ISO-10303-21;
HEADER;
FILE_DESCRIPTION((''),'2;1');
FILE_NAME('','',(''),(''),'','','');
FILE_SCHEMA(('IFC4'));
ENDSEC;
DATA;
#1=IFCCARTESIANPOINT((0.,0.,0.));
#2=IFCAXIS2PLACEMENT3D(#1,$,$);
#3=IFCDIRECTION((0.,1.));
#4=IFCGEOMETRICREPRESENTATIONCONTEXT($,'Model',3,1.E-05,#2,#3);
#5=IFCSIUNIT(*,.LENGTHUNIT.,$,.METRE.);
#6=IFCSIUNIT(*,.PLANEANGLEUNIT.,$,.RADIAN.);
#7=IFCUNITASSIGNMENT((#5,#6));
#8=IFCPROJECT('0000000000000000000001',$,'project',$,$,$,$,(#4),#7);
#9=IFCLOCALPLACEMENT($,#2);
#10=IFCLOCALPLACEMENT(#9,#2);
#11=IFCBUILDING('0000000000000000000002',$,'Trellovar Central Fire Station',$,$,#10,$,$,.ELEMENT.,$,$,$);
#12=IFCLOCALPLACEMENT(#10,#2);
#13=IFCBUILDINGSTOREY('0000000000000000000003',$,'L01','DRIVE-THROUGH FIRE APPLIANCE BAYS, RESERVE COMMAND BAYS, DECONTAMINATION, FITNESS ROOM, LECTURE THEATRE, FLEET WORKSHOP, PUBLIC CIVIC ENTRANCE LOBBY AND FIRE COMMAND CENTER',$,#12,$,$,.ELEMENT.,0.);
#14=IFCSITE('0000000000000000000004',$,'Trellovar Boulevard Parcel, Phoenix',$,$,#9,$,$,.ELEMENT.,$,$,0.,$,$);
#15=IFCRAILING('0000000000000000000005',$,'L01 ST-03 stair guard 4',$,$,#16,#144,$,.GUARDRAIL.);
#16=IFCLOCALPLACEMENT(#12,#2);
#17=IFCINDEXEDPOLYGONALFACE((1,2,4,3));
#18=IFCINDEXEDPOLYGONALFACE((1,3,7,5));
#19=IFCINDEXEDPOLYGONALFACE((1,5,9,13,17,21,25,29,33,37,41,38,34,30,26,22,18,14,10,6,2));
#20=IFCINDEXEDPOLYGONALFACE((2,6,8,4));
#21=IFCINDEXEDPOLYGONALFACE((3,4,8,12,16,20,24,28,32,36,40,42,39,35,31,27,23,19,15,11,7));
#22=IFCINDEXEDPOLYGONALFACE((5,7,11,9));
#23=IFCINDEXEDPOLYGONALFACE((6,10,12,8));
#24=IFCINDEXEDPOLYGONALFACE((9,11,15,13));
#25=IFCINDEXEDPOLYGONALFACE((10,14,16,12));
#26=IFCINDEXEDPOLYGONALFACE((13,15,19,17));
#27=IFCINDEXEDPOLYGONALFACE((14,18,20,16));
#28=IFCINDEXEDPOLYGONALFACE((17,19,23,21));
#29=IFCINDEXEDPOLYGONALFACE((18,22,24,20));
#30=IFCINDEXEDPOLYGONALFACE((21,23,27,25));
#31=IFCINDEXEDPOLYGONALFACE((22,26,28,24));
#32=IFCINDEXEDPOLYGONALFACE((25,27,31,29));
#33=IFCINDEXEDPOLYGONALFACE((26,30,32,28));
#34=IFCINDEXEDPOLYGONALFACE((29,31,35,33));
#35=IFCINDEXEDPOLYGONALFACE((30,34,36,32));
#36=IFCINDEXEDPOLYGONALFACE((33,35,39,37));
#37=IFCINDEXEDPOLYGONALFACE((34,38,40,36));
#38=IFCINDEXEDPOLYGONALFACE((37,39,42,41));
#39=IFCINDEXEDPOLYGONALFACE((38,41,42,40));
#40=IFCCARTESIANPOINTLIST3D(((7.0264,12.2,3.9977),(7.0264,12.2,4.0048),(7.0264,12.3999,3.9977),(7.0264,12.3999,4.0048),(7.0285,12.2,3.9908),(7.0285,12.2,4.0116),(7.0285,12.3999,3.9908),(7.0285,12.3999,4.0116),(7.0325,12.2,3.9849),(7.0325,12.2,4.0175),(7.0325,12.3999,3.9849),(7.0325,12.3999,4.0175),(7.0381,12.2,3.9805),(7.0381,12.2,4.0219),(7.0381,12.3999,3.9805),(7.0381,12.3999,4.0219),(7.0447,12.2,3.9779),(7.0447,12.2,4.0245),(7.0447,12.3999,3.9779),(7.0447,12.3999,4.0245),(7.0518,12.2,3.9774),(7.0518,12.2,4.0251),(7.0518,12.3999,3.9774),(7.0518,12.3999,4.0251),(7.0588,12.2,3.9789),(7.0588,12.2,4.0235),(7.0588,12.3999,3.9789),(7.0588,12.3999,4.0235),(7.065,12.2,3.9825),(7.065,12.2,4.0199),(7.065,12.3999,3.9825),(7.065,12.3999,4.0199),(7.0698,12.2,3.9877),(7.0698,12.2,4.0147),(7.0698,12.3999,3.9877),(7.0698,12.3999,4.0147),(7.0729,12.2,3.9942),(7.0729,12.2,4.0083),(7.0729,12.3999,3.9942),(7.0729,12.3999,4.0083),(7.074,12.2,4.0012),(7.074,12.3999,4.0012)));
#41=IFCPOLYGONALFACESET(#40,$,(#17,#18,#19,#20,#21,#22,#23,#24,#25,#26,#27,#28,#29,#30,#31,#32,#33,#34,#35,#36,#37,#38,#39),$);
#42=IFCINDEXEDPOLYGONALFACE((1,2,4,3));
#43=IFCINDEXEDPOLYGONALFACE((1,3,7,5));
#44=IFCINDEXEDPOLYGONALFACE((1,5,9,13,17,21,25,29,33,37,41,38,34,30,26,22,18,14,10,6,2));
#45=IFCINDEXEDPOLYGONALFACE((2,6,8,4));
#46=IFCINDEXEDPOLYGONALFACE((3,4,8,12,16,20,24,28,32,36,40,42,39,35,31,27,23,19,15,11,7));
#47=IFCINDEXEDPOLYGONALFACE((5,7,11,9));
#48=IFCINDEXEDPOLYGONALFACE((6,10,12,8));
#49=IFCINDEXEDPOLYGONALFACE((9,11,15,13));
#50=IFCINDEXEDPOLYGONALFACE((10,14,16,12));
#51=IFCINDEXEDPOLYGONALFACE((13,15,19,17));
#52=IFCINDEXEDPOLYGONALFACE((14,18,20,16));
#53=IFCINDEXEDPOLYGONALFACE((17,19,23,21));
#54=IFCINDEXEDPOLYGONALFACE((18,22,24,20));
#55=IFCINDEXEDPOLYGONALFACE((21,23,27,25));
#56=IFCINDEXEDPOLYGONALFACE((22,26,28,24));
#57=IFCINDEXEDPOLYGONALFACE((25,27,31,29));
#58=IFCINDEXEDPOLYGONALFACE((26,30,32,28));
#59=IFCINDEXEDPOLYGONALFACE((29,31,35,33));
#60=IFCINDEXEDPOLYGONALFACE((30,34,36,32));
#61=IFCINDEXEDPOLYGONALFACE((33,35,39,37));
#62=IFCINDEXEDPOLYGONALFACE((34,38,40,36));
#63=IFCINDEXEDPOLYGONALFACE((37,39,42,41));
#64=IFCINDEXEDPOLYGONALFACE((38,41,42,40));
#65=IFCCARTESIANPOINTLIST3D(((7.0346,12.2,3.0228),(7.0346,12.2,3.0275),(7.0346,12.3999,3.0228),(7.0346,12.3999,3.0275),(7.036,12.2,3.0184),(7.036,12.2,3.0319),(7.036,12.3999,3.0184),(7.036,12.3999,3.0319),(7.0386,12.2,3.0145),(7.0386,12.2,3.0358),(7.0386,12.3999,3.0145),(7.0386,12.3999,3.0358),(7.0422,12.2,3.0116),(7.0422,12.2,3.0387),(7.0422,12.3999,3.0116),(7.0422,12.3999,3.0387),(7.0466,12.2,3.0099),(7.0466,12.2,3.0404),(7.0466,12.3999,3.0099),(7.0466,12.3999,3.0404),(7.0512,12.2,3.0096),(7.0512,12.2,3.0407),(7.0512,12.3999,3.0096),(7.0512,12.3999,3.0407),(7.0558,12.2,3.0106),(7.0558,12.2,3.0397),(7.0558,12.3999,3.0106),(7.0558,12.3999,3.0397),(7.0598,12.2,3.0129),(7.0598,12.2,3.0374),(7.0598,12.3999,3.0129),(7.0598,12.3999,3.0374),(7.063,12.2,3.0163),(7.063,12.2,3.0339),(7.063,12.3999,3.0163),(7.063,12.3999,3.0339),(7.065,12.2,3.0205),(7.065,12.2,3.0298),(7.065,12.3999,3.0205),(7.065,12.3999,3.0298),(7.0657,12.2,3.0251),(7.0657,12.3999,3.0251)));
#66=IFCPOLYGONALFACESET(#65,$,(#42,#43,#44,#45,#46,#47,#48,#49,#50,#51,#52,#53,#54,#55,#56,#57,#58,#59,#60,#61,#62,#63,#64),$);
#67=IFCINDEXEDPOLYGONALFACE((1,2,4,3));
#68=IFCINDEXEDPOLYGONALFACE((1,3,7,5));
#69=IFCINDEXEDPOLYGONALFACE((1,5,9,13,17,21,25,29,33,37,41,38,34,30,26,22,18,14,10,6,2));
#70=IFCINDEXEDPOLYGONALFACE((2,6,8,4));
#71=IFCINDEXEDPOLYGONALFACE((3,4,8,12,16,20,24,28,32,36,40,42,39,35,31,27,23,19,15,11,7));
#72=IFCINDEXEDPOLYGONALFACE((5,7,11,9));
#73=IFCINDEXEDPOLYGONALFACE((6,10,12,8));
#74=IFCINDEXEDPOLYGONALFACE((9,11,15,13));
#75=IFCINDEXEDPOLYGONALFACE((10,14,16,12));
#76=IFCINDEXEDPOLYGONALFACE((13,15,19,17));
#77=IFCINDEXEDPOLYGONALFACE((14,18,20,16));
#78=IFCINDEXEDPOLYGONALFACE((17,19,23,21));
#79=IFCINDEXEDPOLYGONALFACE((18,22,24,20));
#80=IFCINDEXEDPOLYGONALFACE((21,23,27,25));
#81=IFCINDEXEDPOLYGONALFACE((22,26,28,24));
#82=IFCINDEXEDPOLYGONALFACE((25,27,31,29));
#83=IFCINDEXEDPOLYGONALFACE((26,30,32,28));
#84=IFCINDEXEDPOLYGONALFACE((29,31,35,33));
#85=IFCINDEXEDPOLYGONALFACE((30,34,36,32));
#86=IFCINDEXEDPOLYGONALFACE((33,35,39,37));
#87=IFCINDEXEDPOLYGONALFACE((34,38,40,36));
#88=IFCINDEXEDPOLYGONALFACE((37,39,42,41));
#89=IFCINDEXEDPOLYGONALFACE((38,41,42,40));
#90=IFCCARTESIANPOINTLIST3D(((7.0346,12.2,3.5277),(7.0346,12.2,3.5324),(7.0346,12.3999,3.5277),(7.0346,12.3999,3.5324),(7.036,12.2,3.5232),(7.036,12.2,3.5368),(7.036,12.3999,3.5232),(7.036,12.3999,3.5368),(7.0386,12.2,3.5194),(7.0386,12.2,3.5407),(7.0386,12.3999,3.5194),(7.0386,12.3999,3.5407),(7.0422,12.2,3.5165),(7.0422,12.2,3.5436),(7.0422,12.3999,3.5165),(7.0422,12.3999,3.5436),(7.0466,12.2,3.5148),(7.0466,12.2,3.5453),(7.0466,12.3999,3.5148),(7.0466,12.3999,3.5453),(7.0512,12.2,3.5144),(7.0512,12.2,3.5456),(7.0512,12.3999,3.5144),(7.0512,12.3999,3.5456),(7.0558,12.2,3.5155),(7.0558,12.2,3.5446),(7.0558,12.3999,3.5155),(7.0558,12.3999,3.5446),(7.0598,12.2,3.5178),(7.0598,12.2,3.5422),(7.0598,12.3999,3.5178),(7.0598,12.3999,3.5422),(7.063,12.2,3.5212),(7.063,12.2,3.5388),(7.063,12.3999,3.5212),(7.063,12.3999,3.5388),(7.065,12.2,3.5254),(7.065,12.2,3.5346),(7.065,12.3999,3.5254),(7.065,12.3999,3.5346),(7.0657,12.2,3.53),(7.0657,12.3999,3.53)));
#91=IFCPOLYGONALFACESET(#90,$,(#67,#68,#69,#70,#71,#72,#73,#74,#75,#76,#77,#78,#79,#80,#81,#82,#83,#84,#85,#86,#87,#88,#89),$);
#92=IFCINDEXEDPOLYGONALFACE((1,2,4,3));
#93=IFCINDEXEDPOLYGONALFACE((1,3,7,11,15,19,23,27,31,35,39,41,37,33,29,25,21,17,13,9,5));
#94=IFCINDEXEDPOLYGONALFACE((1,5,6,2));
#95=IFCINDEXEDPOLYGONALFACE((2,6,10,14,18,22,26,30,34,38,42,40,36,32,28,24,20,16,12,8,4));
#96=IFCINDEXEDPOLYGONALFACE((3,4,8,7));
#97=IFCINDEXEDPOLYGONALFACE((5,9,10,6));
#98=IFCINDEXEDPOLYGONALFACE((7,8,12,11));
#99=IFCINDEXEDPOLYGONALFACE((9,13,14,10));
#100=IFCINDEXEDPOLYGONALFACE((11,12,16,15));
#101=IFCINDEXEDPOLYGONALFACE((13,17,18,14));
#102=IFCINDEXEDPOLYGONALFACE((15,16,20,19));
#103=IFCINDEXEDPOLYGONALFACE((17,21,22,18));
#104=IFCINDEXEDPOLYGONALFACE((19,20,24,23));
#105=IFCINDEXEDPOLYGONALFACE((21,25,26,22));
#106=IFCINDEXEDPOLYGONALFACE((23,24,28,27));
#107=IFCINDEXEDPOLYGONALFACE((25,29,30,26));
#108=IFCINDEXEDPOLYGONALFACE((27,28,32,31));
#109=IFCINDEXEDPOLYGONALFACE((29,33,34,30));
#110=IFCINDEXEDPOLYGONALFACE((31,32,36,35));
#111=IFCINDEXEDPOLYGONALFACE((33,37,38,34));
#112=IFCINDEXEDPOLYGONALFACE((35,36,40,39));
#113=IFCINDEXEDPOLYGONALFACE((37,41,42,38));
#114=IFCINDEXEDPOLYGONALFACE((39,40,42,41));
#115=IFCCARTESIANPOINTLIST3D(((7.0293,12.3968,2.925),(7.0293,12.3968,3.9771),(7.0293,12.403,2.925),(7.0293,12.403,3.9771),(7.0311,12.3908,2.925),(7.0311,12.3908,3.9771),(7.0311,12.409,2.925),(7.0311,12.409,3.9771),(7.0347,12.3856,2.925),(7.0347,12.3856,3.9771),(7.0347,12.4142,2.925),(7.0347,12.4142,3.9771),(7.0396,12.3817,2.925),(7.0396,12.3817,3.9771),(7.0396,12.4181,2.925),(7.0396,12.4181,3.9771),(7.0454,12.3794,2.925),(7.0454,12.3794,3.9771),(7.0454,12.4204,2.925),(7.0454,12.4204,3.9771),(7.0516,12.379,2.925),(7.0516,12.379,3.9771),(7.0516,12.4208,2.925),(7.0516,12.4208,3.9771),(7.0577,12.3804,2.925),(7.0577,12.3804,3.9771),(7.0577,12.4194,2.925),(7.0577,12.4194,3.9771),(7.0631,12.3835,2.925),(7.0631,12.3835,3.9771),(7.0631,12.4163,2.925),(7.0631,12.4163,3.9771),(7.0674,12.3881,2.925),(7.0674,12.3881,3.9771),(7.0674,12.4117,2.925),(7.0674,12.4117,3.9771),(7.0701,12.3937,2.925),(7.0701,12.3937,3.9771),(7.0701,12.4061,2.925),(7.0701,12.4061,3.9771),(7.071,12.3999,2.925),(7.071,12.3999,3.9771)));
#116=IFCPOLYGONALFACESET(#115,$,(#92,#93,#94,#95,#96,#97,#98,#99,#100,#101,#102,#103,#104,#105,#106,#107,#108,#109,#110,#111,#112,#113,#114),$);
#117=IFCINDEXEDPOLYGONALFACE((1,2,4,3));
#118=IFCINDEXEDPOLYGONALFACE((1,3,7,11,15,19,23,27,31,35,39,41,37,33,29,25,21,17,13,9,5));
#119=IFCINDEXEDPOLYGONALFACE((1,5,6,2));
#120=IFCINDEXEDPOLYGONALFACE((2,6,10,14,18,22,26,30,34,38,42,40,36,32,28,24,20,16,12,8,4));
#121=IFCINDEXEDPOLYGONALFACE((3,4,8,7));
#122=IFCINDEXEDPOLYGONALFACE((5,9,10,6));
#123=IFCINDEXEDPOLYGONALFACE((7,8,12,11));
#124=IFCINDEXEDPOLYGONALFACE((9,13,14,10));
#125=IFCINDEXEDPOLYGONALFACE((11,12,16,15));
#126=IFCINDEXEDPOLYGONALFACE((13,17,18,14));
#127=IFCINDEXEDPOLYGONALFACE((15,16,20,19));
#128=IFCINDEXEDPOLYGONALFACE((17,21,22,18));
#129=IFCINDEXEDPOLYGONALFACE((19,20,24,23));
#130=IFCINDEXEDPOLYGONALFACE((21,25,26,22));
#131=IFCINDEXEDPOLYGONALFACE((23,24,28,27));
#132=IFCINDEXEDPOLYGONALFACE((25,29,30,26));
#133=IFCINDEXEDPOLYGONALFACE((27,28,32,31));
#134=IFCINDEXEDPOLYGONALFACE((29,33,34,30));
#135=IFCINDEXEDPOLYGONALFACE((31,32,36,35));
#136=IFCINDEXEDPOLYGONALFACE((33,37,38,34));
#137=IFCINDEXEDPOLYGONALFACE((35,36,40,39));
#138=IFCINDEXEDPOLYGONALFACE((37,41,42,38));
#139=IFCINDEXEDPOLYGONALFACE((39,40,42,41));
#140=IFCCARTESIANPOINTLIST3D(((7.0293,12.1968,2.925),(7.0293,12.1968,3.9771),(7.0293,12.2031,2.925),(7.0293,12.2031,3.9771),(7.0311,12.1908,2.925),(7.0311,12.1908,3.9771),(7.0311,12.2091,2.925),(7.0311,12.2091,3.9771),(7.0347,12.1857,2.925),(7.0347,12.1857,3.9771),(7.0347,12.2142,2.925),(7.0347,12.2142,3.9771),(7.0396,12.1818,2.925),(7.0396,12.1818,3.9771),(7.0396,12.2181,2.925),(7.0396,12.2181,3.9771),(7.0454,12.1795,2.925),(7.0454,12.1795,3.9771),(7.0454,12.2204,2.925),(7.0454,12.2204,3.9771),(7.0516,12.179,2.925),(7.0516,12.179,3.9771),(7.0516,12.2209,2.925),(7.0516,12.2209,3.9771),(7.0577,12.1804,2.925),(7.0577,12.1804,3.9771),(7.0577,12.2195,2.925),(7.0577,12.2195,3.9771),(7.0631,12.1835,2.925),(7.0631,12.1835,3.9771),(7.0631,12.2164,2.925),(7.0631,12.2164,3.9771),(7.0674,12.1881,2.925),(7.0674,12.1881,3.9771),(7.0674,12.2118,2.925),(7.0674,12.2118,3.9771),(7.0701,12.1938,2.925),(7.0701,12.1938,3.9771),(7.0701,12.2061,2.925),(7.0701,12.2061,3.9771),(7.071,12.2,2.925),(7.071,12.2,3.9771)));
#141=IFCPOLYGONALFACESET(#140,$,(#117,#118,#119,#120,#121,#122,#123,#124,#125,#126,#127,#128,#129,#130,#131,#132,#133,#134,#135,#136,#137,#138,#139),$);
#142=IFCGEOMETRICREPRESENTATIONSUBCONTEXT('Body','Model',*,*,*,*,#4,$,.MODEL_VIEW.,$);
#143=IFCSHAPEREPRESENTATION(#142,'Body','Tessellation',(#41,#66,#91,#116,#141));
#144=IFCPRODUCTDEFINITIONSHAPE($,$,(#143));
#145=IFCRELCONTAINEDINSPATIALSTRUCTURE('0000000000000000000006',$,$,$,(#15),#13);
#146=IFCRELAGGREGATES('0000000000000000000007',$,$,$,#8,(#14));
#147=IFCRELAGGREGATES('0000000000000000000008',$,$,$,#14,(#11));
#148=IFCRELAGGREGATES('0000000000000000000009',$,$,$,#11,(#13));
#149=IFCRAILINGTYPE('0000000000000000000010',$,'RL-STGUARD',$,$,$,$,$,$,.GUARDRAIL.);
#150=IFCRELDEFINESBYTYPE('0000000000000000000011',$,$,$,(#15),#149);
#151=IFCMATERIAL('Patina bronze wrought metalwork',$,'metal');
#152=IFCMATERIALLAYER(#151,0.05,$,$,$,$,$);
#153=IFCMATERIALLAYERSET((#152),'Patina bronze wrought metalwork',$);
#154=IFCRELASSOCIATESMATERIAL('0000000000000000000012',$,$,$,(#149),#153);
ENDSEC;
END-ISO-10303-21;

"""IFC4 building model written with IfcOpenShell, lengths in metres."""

from ifc_helpers import new_model, si_unit, direction, frame, origin, origin_2d, place, context, subcontext, project, spatial, circle, extrude, material, layer, layer_set, type_object, element, save


model = new_model("IFC4")

# Units and contexts
model_context = context("Model", 3, precision=1e-05, world=origin(), true_north=direction((0.0, 1.0)))
body_context = subcontext(model_context, "Body", "Model", "MODEL_VIEW")
ifc_project = project(units=[si_unit("LENGTHUNIT", "METRE"), si_unit("PLANEANGLEUNIT", "RADIAN")], contexts=[model_context])

# Site, building, storey
site_placement = place(None, origin())
site = spatial("IfcSite", under=ifc_project, at=site_placement, Name="Trellovar Boulevard Parcel, Phoenix", CompositionType="ELEMENT", RefElevation=0.0)
building_placement = place(site_placement, origin())
building = spatial("IfcBuilding", under=site, at=building_placement, Name="Trellovar Central Fire Station", CompositionType="ELEMENT")
storey_placement = place(building_placement, origin())
storey = spatial("IfcBuildingStorey", under=building, at=storey_placement, Name="L01", Description="DRIVE-THROUGH FIRE APPLIANCE BAYS, RESERVE COMMAND BAYS, DECONTAMINATION, FITNESS ROOM, LECTURE THEATRE, FLEET WORKSHOP, PUBLIC CIVIC ENTRANCE LOBBY AND FIRE COMMAND CENTER", CompositionType="ELEMENT", Elevation=0.0)

# Railing
ifc_material_1 = material(Name="Patina bronze wrought metalwork", Category="metal")
ifc_layer_1 = layer(ifc_material_1, 0.05)
ifc_layer_set_1 = layer_set([ifc_layer_1], Name="Patina bronze wrought metalwork")
railing_type = type_object("IfcRailingType", Name="RL-STGUARD", PredefinedType="GUARDRAIL", material=ifc_layer_set_1)
for number, where, name in (
    (1, (7.05, 12.3999, 2.925), "L01 ST-03 stair guard 4"),
):
    element("IfcRailing", number, at=place(storey_placement, frame(where)), inside=storey, type_object=railing_type, Name=name, PredefinedType="GUARDRAIL", context=body_context, shape_type="SweptSolid", body=[
        extrude(circle(Radius=0.0239, at=origin_2d()), frame((0.0, 0.0, 1.0762), z_axis=(0.0, -1.0, 0.0), x_axis=(1.0, 0.0, 0.0)), (0.0, 0.0, 1.0), 0.2),
        extrude(circle(Radius=0.0156, at=origin_2d()), frame((0.0, 0.0, 0.1001), z_axis=(0.0, -1.0, 0.0), x_axis=(1.0, 0.0, 0.0)), (0.0, 0.0, 1.0), 0.2),
        extrude(circle(Radius=0.0156, at=origin_2d()), frame((0.0, 0.0, 0.605), z_axis=(0.0, -1.0, 0.0), x_axis=(1.0, 0.0, 0.0)), (0.0, 0.0, 1.0), 0.2),
        extrude(circle(Radius=0.021, at=origin_2d()), origin(), (0.0, 0.0, 1.0), 1.052),
        extrude(circle(Radius=0.021, at=origin_2d()), frame((0.0, -0.2, 0.0)), (0.0, 0.0, 1.0), 1.052),
    ])

save(model, "model.ifc")
